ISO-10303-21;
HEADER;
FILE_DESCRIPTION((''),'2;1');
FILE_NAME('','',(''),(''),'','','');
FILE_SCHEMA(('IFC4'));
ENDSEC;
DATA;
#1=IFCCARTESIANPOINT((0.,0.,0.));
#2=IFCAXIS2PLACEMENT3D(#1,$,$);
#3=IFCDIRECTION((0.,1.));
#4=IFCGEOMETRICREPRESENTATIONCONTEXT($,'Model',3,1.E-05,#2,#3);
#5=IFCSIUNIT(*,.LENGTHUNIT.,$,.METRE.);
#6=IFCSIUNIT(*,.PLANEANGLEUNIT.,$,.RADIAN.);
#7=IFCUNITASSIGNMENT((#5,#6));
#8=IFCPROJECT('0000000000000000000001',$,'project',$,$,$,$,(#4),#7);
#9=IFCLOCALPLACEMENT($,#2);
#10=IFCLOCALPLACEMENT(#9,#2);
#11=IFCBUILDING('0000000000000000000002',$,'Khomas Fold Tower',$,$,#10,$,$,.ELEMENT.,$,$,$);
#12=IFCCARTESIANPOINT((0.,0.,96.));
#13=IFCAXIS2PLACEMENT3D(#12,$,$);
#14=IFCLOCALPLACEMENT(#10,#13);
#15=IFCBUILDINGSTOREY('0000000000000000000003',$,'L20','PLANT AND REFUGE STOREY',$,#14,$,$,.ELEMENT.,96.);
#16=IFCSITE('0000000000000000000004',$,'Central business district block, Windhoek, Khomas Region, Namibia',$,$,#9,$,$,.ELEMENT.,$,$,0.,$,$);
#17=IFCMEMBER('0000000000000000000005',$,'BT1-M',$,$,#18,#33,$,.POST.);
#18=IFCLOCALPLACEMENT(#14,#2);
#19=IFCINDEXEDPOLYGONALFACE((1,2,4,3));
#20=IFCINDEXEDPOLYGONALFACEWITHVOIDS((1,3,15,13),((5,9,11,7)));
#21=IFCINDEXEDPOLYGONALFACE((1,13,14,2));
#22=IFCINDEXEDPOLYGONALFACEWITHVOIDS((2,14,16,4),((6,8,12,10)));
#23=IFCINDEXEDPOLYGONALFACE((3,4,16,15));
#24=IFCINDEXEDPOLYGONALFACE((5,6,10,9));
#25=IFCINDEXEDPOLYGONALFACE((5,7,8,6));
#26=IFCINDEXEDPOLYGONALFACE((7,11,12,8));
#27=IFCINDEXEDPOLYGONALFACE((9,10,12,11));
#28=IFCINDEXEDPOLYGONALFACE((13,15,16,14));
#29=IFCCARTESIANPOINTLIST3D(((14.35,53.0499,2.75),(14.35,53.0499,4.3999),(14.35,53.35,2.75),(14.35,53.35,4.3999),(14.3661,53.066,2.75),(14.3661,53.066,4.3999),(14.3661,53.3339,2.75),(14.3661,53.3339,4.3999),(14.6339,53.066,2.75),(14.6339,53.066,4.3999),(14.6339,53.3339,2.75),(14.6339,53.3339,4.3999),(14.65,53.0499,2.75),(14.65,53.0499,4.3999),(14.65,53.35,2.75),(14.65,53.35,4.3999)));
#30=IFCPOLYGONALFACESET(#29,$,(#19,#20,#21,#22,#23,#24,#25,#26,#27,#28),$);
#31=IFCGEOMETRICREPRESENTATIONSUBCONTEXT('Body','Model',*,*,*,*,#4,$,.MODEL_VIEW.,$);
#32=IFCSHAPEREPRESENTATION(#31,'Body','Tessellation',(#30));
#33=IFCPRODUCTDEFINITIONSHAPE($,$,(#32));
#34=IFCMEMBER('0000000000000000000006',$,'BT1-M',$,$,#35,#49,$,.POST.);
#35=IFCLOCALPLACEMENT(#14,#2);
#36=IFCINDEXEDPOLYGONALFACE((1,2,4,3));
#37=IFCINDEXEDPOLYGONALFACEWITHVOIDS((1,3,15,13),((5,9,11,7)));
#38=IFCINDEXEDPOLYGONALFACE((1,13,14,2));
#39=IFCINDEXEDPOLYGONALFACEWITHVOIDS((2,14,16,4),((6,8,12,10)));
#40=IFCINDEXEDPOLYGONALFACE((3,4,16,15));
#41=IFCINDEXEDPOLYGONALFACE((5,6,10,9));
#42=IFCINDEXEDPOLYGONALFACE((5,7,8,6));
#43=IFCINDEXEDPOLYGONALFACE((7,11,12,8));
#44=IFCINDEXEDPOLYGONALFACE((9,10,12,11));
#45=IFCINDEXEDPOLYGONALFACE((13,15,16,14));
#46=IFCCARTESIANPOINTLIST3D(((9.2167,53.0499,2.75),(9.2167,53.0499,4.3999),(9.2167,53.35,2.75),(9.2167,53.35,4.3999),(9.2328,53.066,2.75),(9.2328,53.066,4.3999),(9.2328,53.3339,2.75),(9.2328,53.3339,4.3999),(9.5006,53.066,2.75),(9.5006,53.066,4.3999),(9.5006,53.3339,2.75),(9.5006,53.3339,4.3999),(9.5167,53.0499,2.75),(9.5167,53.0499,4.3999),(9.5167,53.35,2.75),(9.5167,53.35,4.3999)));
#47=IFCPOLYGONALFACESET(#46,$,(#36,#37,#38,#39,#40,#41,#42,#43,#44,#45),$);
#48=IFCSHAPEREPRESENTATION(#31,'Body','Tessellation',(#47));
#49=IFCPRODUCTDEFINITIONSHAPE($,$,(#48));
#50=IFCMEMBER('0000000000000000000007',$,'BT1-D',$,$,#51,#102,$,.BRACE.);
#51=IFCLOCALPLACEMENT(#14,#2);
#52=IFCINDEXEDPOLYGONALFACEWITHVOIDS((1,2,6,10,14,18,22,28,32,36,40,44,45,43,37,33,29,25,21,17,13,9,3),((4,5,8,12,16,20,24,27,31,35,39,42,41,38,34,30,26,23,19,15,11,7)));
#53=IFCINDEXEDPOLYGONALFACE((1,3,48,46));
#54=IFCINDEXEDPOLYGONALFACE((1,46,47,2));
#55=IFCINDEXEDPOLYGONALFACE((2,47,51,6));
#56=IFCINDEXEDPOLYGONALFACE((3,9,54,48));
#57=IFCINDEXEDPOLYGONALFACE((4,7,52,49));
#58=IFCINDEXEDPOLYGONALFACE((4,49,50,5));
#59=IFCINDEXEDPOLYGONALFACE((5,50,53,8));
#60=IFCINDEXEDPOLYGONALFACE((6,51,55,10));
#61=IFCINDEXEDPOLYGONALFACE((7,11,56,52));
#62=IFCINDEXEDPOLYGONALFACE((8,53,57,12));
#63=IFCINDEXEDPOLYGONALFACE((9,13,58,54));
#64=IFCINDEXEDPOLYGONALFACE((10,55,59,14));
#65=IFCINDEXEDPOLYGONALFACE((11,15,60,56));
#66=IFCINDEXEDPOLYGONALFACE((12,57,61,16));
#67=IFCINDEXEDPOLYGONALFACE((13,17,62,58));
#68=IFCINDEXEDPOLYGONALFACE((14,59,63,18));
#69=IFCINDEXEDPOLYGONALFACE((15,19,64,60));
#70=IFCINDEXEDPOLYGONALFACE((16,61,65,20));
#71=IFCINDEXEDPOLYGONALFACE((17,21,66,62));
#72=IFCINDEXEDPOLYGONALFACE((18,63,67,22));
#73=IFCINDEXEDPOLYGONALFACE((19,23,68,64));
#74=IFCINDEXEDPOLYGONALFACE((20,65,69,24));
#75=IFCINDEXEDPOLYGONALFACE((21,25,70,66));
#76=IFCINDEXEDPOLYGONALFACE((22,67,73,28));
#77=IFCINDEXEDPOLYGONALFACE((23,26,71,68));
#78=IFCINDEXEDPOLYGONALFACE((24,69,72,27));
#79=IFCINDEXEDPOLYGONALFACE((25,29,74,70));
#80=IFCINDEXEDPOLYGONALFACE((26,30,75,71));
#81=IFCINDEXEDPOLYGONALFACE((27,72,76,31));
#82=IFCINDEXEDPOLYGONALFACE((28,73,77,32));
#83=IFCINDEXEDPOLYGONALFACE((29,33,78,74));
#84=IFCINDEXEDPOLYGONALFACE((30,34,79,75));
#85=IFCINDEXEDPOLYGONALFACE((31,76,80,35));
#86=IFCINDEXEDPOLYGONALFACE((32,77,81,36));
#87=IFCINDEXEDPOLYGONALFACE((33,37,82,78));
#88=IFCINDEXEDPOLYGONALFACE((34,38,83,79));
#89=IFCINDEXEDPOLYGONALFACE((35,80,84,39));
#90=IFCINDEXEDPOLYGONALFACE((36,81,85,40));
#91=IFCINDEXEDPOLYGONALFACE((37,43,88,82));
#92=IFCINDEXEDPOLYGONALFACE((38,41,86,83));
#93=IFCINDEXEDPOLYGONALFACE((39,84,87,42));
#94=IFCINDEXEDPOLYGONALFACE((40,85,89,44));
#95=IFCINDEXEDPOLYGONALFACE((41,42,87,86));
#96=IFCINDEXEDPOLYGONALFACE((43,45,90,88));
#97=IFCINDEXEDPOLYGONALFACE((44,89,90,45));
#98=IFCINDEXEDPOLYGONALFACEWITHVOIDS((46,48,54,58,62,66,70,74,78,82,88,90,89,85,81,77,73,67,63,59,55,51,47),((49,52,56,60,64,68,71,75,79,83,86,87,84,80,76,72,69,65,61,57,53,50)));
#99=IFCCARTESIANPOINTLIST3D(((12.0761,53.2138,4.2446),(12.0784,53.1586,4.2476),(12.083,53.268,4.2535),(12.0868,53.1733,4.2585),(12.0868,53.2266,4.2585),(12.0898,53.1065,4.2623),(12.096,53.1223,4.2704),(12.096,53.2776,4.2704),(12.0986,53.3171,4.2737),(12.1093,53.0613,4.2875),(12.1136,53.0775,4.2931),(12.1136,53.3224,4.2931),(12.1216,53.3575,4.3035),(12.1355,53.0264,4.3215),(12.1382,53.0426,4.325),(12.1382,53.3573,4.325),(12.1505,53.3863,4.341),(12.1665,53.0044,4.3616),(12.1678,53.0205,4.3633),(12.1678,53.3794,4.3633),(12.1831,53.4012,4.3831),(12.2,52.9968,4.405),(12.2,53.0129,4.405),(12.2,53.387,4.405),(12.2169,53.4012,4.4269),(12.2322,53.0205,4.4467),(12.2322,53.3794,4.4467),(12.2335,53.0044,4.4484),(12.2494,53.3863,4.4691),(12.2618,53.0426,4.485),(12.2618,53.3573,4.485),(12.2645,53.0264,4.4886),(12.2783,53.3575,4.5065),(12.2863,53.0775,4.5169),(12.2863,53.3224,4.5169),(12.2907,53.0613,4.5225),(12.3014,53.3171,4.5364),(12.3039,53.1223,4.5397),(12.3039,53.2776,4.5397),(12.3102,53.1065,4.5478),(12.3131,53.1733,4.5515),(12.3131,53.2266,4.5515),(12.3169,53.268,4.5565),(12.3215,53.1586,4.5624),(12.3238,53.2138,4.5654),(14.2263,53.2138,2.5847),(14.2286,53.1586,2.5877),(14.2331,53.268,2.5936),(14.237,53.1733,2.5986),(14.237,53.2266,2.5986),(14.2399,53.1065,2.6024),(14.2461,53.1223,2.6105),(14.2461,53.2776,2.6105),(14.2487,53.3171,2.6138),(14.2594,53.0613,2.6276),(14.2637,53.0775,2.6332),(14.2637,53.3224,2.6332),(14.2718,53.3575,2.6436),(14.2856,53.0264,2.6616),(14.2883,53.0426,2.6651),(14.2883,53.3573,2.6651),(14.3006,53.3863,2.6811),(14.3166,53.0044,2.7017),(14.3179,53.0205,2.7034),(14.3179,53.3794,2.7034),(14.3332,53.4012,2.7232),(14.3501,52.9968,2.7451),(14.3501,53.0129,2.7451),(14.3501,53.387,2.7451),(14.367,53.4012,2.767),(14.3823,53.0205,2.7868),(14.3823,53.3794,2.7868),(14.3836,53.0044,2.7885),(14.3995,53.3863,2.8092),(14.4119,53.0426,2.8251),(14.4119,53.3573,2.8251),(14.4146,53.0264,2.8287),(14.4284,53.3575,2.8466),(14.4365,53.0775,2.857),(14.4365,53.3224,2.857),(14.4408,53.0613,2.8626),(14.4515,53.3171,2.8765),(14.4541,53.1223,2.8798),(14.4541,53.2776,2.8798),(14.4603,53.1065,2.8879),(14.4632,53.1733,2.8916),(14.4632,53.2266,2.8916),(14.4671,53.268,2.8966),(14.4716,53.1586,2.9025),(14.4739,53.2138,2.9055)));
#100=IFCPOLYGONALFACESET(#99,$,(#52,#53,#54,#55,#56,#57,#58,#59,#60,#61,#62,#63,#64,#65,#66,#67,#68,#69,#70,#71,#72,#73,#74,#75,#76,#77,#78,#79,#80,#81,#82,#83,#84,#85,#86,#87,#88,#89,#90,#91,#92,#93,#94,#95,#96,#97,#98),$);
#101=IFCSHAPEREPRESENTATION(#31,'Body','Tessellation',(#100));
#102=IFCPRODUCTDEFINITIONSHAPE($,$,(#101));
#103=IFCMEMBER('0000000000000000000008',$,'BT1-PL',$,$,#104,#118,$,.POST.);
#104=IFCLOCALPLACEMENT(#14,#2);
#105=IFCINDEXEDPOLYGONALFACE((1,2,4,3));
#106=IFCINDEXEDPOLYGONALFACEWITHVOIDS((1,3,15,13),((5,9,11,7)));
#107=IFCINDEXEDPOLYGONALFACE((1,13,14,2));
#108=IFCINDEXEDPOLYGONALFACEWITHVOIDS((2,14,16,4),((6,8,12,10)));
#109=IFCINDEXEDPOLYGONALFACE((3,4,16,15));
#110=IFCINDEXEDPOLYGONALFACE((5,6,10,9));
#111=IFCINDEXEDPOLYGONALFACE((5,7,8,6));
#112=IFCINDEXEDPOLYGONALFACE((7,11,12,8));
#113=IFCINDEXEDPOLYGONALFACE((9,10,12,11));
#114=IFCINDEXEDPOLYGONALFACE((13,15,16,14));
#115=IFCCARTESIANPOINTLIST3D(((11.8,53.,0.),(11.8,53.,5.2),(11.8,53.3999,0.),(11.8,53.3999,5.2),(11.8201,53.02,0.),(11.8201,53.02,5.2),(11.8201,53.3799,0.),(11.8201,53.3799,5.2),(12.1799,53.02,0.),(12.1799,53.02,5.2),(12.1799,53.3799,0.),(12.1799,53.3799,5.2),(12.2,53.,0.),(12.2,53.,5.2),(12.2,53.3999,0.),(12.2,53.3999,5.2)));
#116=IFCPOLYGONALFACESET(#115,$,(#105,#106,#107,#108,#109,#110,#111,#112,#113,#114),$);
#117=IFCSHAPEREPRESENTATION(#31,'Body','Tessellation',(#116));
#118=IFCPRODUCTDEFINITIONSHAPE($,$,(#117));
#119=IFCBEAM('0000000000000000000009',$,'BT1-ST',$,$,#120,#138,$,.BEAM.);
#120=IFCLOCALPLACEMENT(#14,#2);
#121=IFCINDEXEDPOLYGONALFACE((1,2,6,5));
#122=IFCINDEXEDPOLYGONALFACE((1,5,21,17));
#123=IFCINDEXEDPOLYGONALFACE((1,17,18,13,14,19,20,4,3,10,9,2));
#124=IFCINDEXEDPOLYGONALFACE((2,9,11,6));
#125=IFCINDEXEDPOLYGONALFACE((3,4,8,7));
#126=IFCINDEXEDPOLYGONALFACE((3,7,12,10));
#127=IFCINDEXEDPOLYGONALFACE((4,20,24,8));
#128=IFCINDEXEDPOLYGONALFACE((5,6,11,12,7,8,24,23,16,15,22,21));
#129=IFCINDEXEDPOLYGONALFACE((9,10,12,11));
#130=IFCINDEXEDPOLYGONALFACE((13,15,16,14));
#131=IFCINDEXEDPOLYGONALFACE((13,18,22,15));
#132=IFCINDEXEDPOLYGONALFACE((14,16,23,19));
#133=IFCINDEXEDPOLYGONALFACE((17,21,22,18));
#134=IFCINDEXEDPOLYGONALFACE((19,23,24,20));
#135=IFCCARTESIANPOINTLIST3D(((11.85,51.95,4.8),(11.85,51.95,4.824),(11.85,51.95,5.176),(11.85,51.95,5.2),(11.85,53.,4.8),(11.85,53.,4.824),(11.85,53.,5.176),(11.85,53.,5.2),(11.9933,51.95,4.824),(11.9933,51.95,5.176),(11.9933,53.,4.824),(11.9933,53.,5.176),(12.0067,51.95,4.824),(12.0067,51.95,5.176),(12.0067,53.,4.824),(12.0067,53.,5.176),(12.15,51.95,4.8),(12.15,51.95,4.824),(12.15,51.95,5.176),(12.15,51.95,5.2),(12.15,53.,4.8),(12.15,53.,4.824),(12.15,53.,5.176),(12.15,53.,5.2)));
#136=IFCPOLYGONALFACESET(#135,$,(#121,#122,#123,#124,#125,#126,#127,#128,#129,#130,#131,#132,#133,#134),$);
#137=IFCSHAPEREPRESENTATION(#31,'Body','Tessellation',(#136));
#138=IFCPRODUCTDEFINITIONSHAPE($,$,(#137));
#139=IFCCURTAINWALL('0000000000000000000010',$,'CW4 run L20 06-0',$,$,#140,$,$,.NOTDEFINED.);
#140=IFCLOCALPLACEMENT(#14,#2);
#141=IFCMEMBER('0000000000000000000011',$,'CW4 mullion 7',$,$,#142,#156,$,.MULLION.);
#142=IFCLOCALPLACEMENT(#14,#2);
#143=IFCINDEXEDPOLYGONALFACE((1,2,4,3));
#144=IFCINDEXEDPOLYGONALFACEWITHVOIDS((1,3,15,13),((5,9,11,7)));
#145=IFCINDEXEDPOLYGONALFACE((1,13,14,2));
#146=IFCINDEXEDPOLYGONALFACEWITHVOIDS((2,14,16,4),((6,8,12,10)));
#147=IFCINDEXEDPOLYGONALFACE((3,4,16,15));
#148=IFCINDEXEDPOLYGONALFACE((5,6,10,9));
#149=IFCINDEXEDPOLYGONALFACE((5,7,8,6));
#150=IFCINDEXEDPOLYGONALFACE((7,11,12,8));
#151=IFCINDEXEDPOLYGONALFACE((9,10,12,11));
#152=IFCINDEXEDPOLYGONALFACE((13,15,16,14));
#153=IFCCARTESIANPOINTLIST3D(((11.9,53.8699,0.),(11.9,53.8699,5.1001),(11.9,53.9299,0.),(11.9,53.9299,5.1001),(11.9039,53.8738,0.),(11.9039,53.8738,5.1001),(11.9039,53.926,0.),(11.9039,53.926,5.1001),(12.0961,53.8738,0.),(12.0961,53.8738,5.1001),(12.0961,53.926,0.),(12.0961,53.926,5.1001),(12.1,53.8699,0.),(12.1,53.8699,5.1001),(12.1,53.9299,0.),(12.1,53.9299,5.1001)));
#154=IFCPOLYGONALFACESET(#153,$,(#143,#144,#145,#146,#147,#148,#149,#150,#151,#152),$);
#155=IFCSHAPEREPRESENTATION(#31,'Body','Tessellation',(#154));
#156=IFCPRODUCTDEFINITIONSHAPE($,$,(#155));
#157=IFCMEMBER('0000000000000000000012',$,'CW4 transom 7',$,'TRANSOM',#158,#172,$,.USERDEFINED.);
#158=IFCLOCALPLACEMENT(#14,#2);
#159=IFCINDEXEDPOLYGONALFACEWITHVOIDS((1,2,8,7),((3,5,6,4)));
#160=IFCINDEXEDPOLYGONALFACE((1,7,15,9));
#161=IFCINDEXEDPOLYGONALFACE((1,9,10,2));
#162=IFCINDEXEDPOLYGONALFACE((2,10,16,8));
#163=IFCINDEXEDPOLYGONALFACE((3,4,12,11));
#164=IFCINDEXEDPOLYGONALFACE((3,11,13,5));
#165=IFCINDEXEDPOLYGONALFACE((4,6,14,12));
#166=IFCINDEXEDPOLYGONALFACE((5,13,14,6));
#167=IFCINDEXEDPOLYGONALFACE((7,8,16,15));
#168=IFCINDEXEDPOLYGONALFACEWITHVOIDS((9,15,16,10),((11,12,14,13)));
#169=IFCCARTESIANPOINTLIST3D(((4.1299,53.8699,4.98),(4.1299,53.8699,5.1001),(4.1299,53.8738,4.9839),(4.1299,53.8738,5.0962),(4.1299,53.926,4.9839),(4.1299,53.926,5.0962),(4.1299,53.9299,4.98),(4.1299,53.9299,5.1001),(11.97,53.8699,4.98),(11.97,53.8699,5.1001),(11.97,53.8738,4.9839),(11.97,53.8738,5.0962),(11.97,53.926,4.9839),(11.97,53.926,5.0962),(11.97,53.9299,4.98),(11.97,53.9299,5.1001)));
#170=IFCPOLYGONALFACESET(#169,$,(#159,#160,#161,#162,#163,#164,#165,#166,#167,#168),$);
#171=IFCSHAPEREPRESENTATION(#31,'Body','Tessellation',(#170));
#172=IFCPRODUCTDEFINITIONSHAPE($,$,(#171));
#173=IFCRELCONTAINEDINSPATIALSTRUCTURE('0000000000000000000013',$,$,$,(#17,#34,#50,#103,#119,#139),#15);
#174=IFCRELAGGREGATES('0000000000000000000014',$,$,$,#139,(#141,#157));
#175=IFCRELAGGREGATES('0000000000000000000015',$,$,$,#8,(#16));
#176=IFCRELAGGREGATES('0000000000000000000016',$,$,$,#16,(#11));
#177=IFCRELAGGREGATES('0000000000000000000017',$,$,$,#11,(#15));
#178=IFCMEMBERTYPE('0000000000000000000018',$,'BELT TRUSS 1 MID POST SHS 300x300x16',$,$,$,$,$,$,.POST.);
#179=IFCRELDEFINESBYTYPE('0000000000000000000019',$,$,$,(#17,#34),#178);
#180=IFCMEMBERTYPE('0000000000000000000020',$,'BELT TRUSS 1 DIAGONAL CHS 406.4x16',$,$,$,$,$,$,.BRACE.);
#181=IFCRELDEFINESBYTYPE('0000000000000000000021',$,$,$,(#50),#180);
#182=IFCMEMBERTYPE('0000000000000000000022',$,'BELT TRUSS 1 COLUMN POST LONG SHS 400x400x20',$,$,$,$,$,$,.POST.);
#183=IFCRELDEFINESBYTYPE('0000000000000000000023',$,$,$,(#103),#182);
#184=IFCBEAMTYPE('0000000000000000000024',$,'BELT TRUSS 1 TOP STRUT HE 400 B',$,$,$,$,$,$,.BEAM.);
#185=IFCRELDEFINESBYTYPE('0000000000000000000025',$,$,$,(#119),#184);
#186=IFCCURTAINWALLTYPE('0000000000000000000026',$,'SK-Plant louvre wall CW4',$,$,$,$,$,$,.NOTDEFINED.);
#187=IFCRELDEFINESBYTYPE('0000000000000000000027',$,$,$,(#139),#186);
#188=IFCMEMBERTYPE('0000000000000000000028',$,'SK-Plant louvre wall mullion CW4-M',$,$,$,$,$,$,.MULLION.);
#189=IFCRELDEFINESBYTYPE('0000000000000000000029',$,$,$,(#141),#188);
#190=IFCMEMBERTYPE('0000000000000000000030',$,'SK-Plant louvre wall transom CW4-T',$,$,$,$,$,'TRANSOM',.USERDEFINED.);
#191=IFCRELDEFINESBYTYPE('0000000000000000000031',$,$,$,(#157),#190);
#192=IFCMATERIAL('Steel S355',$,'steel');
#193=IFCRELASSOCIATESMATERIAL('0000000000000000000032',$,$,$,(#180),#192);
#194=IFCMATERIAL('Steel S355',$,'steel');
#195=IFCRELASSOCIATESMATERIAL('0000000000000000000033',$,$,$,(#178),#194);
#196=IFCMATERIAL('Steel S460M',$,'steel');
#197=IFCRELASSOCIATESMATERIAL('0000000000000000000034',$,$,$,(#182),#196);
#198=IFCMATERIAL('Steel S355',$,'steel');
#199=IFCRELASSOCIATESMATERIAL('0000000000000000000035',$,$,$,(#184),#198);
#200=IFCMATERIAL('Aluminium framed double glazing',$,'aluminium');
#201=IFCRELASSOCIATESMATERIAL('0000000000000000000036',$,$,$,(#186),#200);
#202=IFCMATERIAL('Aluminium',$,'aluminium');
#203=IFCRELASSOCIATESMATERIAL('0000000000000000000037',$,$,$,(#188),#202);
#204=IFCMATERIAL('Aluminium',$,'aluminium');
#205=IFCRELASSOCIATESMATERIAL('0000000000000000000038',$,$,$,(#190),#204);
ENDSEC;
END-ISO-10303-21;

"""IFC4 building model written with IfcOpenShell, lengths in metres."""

from ifc_helpers import new_model, si_unit, direction, frame, origin, origin_2d, place, context, subcontext, project, spatial, hollow_rectangle, hollow_circle, i_section, extrude, source, transform, mapped, material, material_profile, profile_set, type_object, element, aggregate, save


model = new_model("IFC4")

# Units and contexts
model_context = context("Model", 3, precision=1e-05, world=origin(), true_north=direction((0.0, 1.0)))
body_context = subcontext(model_context, "Body", "Model", "MODEL_VIEW")
ifc_project = project(units=[si_unit("LENGTHUNIT", "METRE"), si_unit("PLANEANGLEUNIT", "RADIAN")], contexts=[model_context])

# Site, building, storey
site_placement = place(None, origin())
site = spatial("IfcSite", under=ifc_project, at=site_placement, Name="Central business district block, Windhoek, Khomas Region, Namibia", CompositionType="ELEMENT", RefElevation=0.0)
building_placement = place(site_placement, origin())
building = spatial("IfcBuilding", under=site, at=building_placement, Name="Khomas Fold Tower", CompositionType="ELEMENT")
storey_placement = place(building_placement, frame((0.0, 0.0, 96.0)))
storey = spatial("IfcBuildingStorey", under=building, at=storey_placement, Name="L20", Description="PLANT AND REFUGE STOREY", CompositionType="ELEMENT", Elevation=96.0)

# Members
ifc_material_1 = material(Name="Steel S355", Category="steel")
ifc_material_profile_1 = material_profile(ifc_material_1, hollow_circle(Radius=0.2031, WallThickness=0.0161, at=origin_2d()), Name="CHS 406.4x16")
ifc_profile_set_1 = profile_set([ifc_material_profile_1], Name="Steel S355")
member_type_1 = type_object("IfcMemberType", Name="BELT TRUSS 1 DIAGONAL CHS 406.4x16", PredefinedType="BRACE", material=ifc_profile_set_1)
ifc_material_2 = material(Name="Steel S355", Category="steel")
ifc_material_profile_2 = material_profile(ifc_material_2, hollow_rectangle(XDim=0.3, YDim=0.3, WallThickness=0.0161, at=origin_2d()), Name="SHS 300x300x16")
ifc_profile_set_2 = profile_set([ifc_material_profile_2], Name="Steel S355")
member_type_2 = type_object("IfcMemberType", Name="BELT TRUSS 1 MID POST SHS 300x300x16", PredefinedType="POST", material=ifc_profile_set_2)
shared_shape_1 = source(origin(), body_context, "Body", "SweptSolid", [
    extrude(hollow_rectangle(XDim=0.3, YDim=0.3, WallThickness=0.0161, at=origin_2d()), origin(), (0.0, 0.0, 1.0), 1.6499),
])
for number, where, z_axis, x_axis, name in (
    (1, (14.5, 53.2, 2.75), (0.0, 0.0, 1.0), (1.0, 0.0, 0.0), "BT1-M"),
    (2, (9.3667, 53.2, 2.75), (0.0, 0.0, 1.0), (1.0, 0.0, 0.0), "BT1-M"),
):
    element("IfcMember", number, at=place(storey_placement, frame(where, z_axis=z_axis, x_axis=x_axis)), inside=storey, type_object=member_type_2, Name=name, PredefinedType="POST", context=body_context, shape_type="MappedRepresentation", body=[
        mapped(shared_shape_1, transform((0.0, 0.0, 0.0))),
    ])
shared_shape_2 = source(origin(), body_context, "Body", "SweptSolid", [
    extrude(hollow_circle(Radius=0.2031, WallThickness=0.0161, at=origin_2d()), origin(), (0.0, 0.0, 1.0), 2.7163),
])
member_1_placement = place(storey_placement, frame((14.3501, 53.2, 2.7451), z_axis=(-0.791564, 0.0, 0.611087), x_axis=(0.0, -1.0, 0.0)))
element("IfcMember", 3, at=member_1_placement, inside=storey, type_object=member_type_1, Name="BT1-D", PredefinedType="BRACE", context=body_context, shape_type="MappedRepresentation", body=[
    mapped(shared_shape_2, transform((0.0, 0.0, 0.0))),
])
ifc_material_3 = material(Name="Steel S460M", Category="steel")
ifc_material_profile_3 = material_profile(ifc_material_3, hollow_rectangle(XDim=0.3999, YDim=0.3999, WallThickness=0.02, at=origin_2d()), Name="SHS 400x400x20")
ifc_profile_set_3 = profile_set([ifc_material_profile_3], Name="Steel S460M")
member_type_3 = type_object("IfcMemberType", Name="BELT TRUSS 1 COLUMN POST LONG SHS 400x400x20", PredefinedType="POST", material=ifc_profile_set_3)
shared_shape_3 = source(origin(), body_context, "Body", "SweptSolid", [
    extrude(hollow_rectangle(XDim=0.3999, YDim=0.3999, WallThickness=0.02, at=origin_2d()), origin(), (0.0, 0.0, 1.0), 5.2),
])
member_2_placement = place(storey_placement, frame((12.0, 53.2, 0.0), z_axis=(0.0, 0.0, 1.0), x_axis=(1.0, 0.0, 0.0)))
element("IfcMember", 4, at=member_2_placement, inside=storey, type_object=member_type_3, Name="BT1-PL", PredefinedType="POST", context=body_context, shape_type="MappedRepresentation", body=[
    mapped(shared_shape_3, transform((0.0, 0.0, 0.0))),
])

# Beam
ifc_material_4 = material(Name="Steel S355", Category="steel")
ifc_material_profile_4 = material_profile(ifc_material_4, i_section(OverallWidth=0.3, OverallDepth=0.3999, WebThickness=0.0134, FlangeThickness=0.0239, at=origin_2d()), Name="HE 400 B")
ifc_profile_set_4 = profile_set([ifc_material_profile_4], Name="Steel S355")
beam_type_1 = type_object("IfcBeamType", Name="BELT TRUSS 1 TOP STRUT HE 400 B", PredefinedType="BEAM", material=ifc_profile_set_4)
shared_shape_4 = source(origin(), body_context, "Body", "SweptSolid", [
    extrude(i_section(OverallWidth=0.3, OverallDepth=0.3999, WebThickness=0.0134, FlangeThickness=0.0239, at=origin_2d()), origin(), (0.0, 0.0, 1.0), 1.05),
])
beam_1_placement = place(storey_placement, frame((12.0, 51.95, 5.0), z_axis=(0.0, 1.0, 0.0), x_axis=(-1.0, 0.0, 0.0)))
element("IfcBeam", 5, at=beam_1_placement, inside=storey, type_object=beam_type_1, Name="BT1-ST", PredefinedType="BEAM", context=body_context, shape_type="MappedRepresentation", body=[
    mapped(shared_shape_4, transform((0.0, 0.0, 0.0))),
])

# Curtain wall, members
ifc_material_5 = material(Name="Aluminium framed double glazing", Category="aluminium")
curtain_wall_type = type_object("IfcCurtainWallType", Name="SK-Plant louvre wall CW4", PredefinedType="NOTDEFINED", material=ifc_material_5)
curtain_wall_placement = place(storey_placement, origin())
curtain_wall = element("IfcCurtainWall", 6, at=curtain_wall_placement, inside=storey, type_object=curtain_wall_type, Name="CW4 run L20 06-0", PredefinedType="NOTDEFINED")
ifc_material_6 = material(Name="Aluminium", Category="aluminium")
ifc_material_profile_5 = material_profile(ifc_material_6, hollow_rectangle(XDim=0.0601, YDim=0.2, WallThickness=0.0039, at=origin_2d()), Name="SK-Plant louvre wall mullion CW4-M")
ifc_profile_set_5 = profile_set([ifc_material_profile_5], Name="Aluminium")
member_type_4 = type_object("IfcMemberType", Name="SK-Plant louvre wall mullion CW4-M", PredefinedType="MULLION", material=ifc_profile_set_5)
shared_shape_5 = source(origin(), body_context, "Body", "SweptSolid", [
    extrude(hollow_rectangle(XDim=0.0601, YDim=0.2, WallThickness=0.0039, at=origin_2d()), origin(), (0.0, 0.0, 1.0), 5.1001),
])
member_3_placement = place(storey_placement, frame((12.0, 53.8999, 0.0), z_axis=(0.0, 0.0, 1.0), x_axis=(0.0, -1.0, 0.0)))
member_3 = element("IfcMember", 7, at=member_3_placement, type_object=member_type_4, Name="CW4 mullion 7", PredefinedType="MULLION", context=body_context, shape_type="MappedRepresentation", body=[
    mapped(shared_shape_5, transform((0.0, 0.0, 0.0))),
])
ifc_material_7 = material(Name="Aluminium", Category="aluminium")
ifc_material_profile_6 = material_profile(ifc_material_7, hollow_rectangle(XDim=0.0601, YDim=0.1201, WallThickness=0.0039, at=origin_2d()), Name="SK-Plant louvre wall transom CW4-T")
ifc_profile_set_6 = profile_set([ifc_material_profile_6], Name="Aluminium")
member_type_5 = type_object("IfcMemberType", Name="SK-Plant louvre wall transom CW4-T", ElementType="TRANSOM", PredefinedType="USERDEFINED", material=ifc_profile_set_6)
shared_shape_6 = source(origin(), body_context, "Body", "SweptSolid", [
    extrude(hollow_rectangle(XDim=0.0601, YDim=0.1201, WallThickness=0.0039, at=origin_2d()), origin(), (0.0, 0.0, 1.0), 7.8401),
])
member_4_placement = place(storey_placement, frame((11.97, 53.8999, 5.04), z_axis=(-1.0, 0.0, 0.0), x_axis=(0.0, -1.0, 0.0)))
member_4 = element("IfcMember", 8, at=member_4_placement, type_object=member_type_5, Name="CW4 transom 7", ObjectType="TRANSOM", PredefinedType="USERDEFINED", context=body_context, shape_type="MappedRepresentation", body=[
    mapped(shared_shape_6, transform((0.0, 0.0, 0.0))),
])
aggregate(curtain_wall, [member_3, member_4])

save(model, "model.ifc")
